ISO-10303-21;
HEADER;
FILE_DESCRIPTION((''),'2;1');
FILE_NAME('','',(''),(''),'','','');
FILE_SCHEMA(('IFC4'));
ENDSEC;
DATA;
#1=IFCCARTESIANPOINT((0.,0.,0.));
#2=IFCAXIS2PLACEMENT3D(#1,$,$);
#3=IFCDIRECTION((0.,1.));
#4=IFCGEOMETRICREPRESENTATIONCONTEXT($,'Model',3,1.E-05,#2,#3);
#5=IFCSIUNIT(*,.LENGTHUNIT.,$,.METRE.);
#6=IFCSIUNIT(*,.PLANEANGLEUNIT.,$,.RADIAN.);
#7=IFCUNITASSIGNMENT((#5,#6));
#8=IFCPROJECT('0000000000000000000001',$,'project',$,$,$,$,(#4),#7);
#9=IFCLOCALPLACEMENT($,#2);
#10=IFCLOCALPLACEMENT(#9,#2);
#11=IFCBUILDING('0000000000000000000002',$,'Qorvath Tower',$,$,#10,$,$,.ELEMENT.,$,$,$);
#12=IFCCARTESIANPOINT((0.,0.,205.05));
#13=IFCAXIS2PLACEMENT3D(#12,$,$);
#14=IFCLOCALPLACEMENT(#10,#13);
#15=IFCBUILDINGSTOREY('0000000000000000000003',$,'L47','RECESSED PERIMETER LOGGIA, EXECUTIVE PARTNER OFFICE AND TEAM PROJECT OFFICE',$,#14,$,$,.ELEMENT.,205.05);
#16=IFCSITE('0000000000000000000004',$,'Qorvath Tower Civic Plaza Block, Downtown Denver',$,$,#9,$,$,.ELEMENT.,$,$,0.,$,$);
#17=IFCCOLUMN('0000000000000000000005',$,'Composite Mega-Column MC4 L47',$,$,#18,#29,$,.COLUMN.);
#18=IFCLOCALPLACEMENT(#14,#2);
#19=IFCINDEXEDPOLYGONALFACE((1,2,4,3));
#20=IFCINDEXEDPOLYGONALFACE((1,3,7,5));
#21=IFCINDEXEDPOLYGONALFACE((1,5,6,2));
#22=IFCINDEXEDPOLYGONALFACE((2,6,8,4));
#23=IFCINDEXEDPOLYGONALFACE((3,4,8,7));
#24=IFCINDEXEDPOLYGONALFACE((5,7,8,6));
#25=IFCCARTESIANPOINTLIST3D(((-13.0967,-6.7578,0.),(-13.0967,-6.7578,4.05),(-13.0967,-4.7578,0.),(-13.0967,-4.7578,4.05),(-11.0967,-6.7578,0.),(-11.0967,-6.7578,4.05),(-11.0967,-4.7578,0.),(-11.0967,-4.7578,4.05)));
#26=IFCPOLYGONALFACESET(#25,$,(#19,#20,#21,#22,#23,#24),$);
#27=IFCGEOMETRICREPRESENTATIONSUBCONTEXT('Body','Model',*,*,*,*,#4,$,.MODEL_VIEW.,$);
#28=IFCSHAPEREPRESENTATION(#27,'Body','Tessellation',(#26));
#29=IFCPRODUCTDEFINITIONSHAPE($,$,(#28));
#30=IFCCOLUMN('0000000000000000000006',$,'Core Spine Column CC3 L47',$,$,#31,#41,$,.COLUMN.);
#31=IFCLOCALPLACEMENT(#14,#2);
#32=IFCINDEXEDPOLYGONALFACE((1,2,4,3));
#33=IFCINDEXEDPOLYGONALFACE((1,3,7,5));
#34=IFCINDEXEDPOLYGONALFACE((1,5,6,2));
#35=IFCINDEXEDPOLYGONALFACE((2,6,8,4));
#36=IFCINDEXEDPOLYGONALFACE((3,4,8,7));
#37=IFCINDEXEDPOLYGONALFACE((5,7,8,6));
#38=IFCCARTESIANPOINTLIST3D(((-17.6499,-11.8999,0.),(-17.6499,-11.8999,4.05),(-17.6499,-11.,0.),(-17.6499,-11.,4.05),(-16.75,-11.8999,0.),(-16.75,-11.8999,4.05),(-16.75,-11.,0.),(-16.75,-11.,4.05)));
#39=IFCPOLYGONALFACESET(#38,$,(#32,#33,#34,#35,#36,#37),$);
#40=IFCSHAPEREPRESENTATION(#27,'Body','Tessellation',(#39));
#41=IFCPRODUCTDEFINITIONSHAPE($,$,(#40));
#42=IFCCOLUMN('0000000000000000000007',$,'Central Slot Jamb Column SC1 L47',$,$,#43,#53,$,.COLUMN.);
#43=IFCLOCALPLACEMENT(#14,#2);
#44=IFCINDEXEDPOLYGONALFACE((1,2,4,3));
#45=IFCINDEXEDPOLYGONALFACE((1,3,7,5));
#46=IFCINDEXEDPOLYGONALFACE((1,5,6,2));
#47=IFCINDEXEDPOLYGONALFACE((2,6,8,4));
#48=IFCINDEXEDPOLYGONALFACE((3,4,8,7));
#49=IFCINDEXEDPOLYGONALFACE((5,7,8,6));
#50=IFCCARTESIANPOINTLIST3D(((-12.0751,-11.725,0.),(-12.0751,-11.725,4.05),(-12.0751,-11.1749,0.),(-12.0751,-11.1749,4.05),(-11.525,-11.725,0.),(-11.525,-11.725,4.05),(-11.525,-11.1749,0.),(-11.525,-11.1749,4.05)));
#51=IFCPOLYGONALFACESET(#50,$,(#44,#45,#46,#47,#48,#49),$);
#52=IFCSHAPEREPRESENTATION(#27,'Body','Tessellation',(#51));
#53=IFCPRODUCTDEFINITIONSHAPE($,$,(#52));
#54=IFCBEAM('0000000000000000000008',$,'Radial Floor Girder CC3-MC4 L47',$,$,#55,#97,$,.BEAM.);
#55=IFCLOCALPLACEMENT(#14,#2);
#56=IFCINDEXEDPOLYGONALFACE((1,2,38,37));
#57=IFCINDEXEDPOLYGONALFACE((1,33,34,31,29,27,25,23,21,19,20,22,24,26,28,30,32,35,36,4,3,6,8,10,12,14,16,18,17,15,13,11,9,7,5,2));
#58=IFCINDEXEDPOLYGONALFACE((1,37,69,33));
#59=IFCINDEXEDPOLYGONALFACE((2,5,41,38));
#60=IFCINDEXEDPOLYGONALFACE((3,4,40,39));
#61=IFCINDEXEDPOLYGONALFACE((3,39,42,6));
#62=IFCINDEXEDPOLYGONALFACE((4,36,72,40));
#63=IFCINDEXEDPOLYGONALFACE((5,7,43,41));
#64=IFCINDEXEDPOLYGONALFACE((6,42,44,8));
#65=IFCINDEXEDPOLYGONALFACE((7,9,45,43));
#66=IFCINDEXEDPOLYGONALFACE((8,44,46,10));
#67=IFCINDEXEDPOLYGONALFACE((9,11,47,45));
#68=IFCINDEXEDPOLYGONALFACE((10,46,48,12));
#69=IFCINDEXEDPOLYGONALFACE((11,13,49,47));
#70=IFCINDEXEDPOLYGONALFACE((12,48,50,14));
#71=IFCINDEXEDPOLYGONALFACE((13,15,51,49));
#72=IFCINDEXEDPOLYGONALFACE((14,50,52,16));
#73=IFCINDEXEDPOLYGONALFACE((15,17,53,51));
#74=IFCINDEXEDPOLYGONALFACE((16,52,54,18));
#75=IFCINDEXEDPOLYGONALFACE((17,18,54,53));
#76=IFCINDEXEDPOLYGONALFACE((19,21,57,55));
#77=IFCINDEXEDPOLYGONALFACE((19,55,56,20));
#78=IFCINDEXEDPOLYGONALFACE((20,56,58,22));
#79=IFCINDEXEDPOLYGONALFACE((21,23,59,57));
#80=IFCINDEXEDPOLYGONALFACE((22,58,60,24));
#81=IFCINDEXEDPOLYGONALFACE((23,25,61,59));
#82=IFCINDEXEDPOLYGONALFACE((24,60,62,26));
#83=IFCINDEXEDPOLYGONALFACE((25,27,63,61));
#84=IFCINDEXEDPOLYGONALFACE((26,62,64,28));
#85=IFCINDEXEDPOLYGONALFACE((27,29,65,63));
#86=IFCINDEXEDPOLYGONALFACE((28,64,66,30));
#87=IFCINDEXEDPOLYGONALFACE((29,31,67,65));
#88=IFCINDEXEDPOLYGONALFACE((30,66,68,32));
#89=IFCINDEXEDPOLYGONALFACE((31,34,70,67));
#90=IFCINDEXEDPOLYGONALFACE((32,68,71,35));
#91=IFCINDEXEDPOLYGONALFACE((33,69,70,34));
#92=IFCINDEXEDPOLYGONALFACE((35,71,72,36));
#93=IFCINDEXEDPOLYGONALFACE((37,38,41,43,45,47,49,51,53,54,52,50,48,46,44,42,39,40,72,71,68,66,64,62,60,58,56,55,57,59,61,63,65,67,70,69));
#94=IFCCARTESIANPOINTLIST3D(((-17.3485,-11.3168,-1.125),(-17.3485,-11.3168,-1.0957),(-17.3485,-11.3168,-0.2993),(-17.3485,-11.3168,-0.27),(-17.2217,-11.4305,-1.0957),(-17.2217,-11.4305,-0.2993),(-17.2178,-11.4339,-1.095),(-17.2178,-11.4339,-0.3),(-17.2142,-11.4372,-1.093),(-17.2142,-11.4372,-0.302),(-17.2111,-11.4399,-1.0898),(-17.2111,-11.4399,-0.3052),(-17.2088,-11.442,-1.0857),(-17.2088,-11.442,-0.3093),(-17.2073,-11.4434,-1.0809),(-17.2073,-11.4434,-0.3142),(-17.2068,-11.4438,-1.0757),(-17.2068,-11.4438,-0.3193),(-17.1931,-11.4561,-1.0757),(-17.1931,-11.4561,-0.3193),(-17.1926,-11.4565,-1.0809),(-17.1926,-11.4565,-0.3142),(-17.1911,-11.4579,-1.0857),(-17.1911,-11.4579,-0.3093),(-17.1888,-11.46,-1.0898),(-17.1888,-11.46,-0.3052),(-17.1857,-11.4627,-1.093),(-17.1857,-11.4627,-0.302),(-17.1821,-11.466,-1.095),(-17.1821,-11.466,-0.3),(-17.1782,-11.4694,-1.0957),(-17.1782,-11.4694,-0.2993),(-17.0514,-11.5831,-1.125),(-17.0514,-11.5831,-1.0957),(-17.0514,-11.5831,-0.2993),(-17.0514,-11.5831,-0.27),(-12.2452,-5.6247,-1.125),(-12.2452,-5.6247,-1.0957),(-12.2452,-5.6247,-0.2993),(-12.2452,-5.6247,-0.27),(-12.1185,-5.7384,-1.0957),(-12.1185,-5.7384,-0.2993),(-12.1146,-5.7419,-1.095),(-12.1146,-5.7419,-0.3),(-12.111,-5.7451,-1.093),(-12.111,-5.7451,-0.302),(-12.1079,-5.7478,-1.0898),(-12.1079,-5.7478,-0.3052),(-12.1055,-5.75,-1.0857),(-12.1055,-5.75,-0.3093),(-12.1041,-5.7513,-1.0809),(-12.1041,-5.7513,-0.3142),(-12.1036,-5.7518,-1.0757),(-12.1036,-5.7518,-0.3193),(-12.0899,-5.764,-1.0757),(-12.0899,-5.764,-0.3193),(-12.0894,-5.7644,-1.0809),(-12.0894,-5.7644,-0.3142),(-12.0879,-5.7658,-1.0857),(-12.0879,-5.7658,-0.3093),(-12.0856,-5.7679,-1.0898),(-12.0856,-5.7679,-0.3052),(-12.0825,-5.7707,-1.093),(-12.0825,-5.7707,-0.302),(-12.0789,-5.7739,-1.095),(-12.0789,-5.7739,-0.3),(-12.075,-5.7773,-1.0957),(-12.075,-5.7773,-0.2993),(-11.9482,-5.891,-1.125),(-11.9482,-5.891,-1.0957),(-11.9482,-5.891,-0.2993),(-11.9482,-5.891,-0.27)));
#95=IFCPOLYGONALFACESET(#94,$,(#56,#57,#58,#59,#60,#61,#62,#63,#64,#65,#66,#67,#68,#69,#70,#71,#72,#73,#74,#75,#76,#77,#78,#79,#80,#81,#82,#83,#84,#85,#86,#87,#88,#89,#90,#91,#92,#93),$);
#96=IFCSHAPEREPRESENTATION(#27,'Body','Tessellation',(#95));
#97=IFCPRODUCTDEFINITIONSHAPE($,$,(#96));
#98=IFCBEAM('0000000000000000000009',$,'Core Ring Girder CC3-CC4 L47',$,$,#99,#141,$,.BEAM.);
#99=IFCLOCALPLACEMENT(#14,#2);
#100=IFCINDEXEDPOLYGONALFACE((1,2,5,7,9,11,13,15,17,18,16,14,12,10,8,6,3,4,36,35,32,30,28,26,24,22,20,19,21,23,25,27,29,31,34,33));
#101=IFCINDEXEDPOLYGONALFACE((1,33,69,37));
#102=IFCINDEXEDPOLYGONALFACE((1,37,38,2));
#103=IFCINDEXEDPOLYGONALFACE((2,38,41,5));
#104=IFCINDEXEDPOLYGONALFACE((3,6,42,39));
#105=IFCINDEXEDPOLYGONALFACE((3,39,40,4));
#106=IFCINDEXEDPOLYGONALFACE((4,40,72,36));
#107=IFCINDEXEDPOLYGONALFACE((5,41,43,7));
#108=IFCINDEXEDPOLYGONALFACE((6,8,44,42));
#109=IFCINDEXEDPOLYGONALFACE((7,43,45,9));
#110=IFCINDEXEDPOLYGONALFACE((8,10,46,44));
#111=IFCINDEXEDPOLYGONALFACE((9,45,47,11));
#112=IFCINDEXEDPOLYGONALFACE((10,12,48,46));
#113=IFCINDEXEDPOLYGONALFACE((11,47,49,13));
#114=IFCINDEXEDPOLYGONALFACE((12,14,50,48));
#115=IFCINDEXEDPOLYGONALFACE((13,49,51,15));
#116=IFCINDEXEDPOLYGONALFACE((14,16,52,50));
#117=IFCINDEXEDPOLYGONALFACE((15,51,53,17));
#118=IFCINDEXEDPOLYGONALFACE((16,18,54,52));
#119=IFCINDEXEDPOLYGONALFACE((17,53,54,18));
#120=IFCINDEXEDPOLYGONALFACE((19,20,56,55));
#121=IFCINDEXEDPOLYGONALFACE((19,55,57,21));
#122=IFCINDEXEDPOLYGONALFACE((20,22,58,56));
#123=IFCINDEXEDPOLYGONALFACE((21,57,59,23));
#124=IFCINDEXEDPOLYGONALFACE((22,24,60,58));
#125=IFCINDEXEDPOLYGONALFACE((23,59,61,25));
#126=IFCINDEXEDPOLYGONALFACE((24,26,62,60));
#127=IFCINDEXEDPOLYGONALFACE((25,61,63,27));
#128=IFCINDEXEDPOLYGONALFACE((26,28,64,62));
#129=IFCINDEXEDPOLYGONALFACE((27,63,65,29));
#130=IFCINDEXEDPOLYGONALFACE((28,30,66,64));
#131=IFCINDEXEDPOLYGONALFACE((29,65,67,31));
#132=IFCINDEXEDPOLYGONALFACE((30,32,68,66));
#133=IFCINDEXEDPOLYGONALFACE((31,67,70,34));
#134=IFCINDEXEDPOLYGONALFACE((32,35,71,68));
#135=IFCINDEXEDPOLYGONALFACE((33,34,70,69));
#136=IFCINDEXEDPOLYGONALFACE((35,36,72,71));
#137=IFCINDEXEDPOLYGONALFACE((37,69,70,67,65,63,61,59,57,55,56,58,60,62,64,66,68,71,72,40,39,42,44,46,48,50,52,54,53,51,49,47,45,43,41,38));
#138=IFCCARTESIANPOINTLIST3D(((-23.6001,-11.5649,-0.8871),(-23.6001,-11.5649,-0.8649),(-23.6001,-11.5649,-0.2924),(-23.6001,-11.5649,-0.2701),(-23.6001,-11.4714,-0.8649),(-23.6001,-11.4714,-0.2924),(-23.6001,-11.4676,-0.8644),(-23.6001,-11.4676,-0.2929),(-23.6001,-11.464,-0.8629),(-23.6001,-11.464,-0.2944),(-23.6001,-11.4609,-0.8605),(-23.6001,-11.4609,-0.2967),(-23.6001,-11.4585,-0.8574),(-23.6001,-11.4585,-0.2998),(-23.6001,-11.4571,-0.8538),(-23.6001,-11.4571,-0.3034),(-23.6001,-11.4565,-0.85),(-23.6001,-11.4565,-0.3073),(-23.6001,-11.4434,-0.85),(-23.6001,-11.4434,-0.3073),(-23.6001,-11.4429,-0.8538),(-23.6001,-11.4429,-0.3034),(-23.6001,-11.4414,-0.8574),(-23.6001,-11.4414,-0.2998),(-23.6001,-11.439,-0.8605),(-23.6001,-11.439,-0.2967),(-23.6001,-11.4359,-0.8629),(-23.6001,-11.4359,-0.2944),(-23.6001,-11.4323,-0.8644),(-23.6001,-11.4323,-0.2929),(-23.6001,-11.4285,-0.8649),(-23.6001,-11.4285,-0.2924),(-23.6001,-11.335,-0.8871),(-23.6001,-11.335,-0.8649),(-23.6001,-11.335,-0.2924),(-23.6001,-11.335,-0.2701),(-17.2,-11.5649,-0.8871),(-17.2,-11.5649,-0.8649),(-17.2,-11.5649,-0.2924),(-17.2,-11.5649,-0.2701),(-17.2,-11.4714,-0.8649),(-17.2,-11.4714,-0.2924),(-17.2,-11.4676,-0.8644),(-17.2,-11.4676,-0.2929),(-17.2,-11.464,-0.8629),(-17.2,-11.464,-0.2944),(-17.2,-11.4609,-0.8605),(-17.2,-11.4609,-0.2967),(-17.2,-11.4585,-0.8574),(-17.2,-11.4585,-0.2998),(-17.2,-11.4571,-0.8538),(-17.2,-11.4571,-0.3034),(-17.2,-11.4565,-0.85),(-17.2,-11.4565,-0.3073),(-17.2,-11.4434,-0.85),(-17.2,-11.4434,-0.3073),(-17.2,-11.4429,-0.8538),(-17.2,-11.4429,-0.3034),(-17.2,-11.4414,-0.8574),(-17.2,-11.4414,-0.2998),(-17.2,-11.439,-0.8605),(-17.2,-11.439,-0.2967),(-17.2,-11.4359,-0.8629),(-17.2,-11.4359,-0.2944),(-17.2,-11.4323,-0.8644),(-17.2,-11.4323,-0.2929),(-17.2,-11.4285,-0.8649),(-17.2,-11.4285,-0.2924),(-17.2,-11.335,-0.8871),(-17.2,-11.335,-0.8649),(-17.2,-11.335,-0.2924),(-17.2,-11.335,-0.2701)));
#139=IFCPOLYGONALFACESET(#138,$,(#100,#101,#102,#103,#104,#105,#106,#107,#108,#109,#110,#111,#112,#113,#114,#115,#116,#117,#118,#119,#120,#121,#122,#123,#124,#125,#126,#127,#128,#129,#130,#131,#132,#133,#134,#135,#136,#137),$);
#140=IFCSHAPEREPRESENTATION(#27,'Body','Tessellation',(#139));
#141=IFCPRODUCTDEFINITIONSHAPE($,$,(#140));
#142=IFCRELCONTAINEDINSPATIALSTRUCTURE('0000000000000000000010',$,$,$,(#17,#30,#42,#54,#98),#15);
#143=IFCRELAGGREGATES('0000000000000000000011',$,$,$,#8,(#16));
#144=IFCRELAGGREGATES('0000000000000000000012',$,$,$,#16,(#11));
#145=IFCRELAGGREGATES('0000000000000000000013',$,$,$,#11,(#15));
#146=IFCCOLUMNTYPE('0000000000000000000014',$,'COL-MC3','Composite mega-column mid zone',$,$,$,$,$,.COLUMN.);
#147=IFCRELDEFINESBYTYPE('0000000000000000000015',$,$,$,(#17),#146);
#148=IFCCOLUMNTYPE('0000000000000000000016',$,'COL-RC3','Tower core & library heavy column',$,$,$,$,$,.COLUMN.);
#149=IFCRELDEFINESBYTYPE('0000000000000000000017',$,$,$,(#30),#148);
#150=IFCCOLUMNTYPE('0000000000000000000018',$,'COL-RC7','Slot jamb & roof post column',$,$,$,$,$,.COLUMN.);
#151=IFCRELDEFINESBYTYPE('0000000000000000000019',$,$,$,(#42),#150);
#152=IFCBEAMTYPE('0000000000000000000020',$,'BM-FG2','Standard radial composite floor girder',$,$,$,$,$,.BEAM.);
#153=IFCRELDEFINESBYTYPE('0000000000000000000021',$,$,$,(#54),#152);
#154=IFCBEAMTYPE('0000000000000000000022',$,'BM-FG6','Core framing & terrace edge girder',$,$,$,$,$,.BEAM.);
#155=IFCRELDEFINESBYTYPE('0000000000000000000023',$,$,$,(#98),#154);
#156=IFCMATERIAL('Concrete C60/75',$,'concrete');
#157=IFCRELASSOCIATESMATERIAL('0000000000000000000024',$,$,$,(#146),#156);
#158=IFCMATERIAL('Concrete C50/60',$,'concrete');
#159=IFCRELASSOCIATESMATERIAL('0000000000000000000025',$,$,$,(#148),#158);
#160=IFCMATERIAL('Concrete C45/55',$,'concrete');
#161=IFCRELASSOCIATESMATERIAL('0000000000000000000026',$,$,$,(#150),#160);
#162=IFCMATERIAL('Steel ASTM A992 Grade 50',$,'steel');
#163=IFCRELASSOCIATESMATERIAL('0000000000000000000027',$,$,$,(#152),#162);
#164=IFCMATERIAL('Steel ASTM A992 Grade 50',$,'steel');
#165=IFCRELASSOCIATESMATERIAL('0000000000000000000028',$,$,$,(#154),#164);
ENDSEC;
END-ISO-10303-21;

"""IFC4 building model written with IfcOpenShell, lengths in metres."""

from ifc_helpers import new_model, si_unit, direction, frame, origin, origin_2d, place, context, subcontext, project, spatial, rectangle, i_section, extrude, material, material_profile, profile_set, type_object, element, save


model = new_model("IFC4")

# Units and contexts
model_context = context("Model", 3, precision=1e-05, world=origin(), true_north=direction((0.0, 1.0)))
body_context = subcontext(model_context, "Body", "Model", "MODEL_VIEW")
ifc_project = project(units=[si_unit("LENGTHUNIT", "METRE"), si_unit("PLANEANGLEUNIT", "RADIAN")], contexts=[model_context])

# Site, building, storey
site_placement = place(None, origin())
site = spatial("IfcSite", under=ifc_project, at=site_placement, Name="Qorvath Tower Civic Plaza Block, Downtown Denver", CompositionType="ELEMENT", RefElevation=0.0)
building_placement = place(site_placement, origin())
building = spatial("IfcBuilding", under=site, at=building_placement, Name="Qorvath Tower", CompositionType="ELEMENT")
storey_placement = place(building_placement, frame((0.0, 0.0, 205.05)))
storey = spatial("IfcBuildingStorey", under=building, at=storey_placement, Name="L47", Description="RECESSED PERIMETER LOGGIA, EXECUTIVE PARTNER OFFICE AND TEAM PROJECT OFFICE", CompositionType="ELEMENT", Elevation=205.05)

# Columns
ifc_material_1 = material(Name="Concrete C60/75", Category="concrete")
ifc_material_profile_1 = material_profile(ifc_material_1, rectangle(XDim=2.0, YDim=2.0, at=origin_2d()), Name="MC 2000x2000")
ifc_profile_set_1 = profile_set([ifc_material_profile_1], Name="Concrete C60/75")
column_type_1 = type_object("IfcColumnType", Name="COL-MC3", Description="Composite mega-column mid zone", PredefinedType="COLUMN", material=ifc_profile_set_1)
column_1_placement = place(storey_placement, frame((-12.0967, -5.7578, 0.0), z_axis=(0.0, 0.0, 1.0), x_axis=(1.0, 0.0, 0.0)))
element("IfcColumn", 1, at=column_1_placement, inside=storey, type_object=column_type_1, Name="Composite Mega-Column MC4 L47", PredefinedType="COLUMN", context=body_context, shape_type="SweptSolid", body=[
    extrude(rectangle(XDim=2.0, YDim=2.0, at=origin_2d()), origin(), (0.0, 0.0, 1.0), 4.05),
])
ifc_material_2 = material(Name="Concrete C50/60", Category="concrete")
ifc_material_profile_2 = material_profile(ifc_material_2, rectangle(XDim=0.8999, YDim=0.8999, at=origin_2d()), Name="RC 900x900")
ifc_profile_set_2 = profile_set([ifc_material_profile_2], Name="Concrete C50/60")
column_type_2 = type_object("IfcColumnType", Name="COL-RC3", Description="Tower core & library heavy column", PredefinedType="COLUMN", material=ifc_profile_set_2)
column_2_placement = place(storey_placement, frame((-17.2, -11.45, 0.0), z_axis=(0.0, 0.0, 1.0), x_axis=(1.0, 0.0, 0.0)))
element("IfcColumn", 2, at=column_2_placement, inside=storey, type_object=column_type_2, Name="Core Spine Column CC3 L47", PredefinedType="COLUMN", context=body_context, shape_type="SweptSolid", body=[
    extrude(rectangle(XDim=0.8999, YDim=0.8999, at=origin_2d()), origin(), (0.0, 0.0, 1.0), 4.05),
])
ifc_material_3 = material(Name="Concrete C45/55", Category="concrete")
ifc_material_profile_3 = material_profile(ifc_material_3, rectangle(XDim=0.55, YDim=0.55, at=origin_2d()), Name="RC 550x550")
ifc_profile_set_3 = profile_set([ifc_material_profile_3], Name="Concrete C45/55")
column_type_3 = type_object("IfcColumnType", Name="COL-RC7", Description="Slot jamb & roof post column", PredefinedType="COLUMN", material=ifc_profile_set_3)
column_3_placement = place(storey_placement, frame((-11.8, -11.45, 0.0), z_axis=(0.0, 0.0, 1.0), x_axis=(1.0, 0.0, 0.0)))
element("IfcColumn", 3, at=column_3_placement, inside=storey, type_object=column_type_3, Name="Central Slot Jamb Column SC1 L47", PredefinedType="COLUMN", context=body_context, shape_type="SweptSolid", body=[
    extrude(rectangle(XDim=0.55, YDim=0.55, at=origin_2d()), origin(), (0.0, 0.0, 1.0), 4.05),
])

# Beams
ifc_material_4 = material(Name="Steel ASTM A992 Grade 50", Category="steel")
ifc_material_profile_4 = material_profile(ifc_material_4, i_section(OverallWidth=0.3989, OverallDepth=0.855, WebThickness=0.0183, FlangeThickness=0.0293, FilletRadius=0.02, at=origin_2d()), Name="W33x201")
ifc_profile_set_4 = profile_set([ifc_material_profile_4], Name="Steel ASTM A992 Grade 50")
beam_type_1 = type_object("IfcBeamType", Name="BM-FG2", Description="Standard radial composite floor girder", PredefinedType="BEAM", material=ifc_profile_set_4)
beam_1_placement = place(storey_placement, frame((-17.2, -11.45, -0.6975), z_axis=(0.667543, 0.744571, 0.0), x_axis=(-0.744571, 0.667543, 0.0)))
element("IfcBeam", 4, at=beam_1_placement, inside=storey, type_object=beam_type_1, Name="Radial Floor Girder CC3-MC4 L47", PredefinedType="BEAM", context=body_context, shape_type="SweptSolid", body=[
    extrude(i_section(OverallWidth=0.3989, OverallDepth=0.855, WebThickness=0.0183, FlangeThickness=0.0293, FilletRadius=0.02, at=origin_2d()), origin(), (0.0, 0.0, 1.0), 7.6448),
])
ifc_material_5 = material(Name="Steel ASTM A992 Grade 50", Category="steel")
ifc_material_profile_5 = material_profile(ifc_material_5, i_section(OverallWidth=0.23, OverallDepth=0.6169, WebThickness=0.0132, FlangeThickness=0.0222, FilletRadius=0.0149, at=origin_2d()), Name="W24x94")
ifc_profile_set_5 = profile_set([ifc_material_profile_5], Name="Steel ASTM A992 Grade 50")
beam_type_2 = type_object("IfcBeamType", Name="BM-FG6", Description="Core framing & terrace edge girder", PredefinedType="BEAM", material=ifc_profile_set_5)
beam_2_placement = place(storey_placement, frame((-17.2, -11.45, -0.5786), z_axis=(-1.0, 0.0, 0.0), x_axis=(0.0, -1.0, 0.0)))
element("IfcBeam", 5, at=beam_2_placement, inside=storey, type_object=beam_type_2, Name="Core Ring Girder CC3-CC4 L47", PredefinedType="BEAM", context=body_context, shape_type="SweptSolid", body=[
    extrude(i_section(OverallWidth=0.23, OverallDepth=0.6169, WebThickness=0.0132, FlangeThickness=0.0222, FilletRadius=0.0149, at=origin_2d()), origin(), (0.0, 0.0, 1.0), 6.4001),
])

save(model, "model.ifc")
